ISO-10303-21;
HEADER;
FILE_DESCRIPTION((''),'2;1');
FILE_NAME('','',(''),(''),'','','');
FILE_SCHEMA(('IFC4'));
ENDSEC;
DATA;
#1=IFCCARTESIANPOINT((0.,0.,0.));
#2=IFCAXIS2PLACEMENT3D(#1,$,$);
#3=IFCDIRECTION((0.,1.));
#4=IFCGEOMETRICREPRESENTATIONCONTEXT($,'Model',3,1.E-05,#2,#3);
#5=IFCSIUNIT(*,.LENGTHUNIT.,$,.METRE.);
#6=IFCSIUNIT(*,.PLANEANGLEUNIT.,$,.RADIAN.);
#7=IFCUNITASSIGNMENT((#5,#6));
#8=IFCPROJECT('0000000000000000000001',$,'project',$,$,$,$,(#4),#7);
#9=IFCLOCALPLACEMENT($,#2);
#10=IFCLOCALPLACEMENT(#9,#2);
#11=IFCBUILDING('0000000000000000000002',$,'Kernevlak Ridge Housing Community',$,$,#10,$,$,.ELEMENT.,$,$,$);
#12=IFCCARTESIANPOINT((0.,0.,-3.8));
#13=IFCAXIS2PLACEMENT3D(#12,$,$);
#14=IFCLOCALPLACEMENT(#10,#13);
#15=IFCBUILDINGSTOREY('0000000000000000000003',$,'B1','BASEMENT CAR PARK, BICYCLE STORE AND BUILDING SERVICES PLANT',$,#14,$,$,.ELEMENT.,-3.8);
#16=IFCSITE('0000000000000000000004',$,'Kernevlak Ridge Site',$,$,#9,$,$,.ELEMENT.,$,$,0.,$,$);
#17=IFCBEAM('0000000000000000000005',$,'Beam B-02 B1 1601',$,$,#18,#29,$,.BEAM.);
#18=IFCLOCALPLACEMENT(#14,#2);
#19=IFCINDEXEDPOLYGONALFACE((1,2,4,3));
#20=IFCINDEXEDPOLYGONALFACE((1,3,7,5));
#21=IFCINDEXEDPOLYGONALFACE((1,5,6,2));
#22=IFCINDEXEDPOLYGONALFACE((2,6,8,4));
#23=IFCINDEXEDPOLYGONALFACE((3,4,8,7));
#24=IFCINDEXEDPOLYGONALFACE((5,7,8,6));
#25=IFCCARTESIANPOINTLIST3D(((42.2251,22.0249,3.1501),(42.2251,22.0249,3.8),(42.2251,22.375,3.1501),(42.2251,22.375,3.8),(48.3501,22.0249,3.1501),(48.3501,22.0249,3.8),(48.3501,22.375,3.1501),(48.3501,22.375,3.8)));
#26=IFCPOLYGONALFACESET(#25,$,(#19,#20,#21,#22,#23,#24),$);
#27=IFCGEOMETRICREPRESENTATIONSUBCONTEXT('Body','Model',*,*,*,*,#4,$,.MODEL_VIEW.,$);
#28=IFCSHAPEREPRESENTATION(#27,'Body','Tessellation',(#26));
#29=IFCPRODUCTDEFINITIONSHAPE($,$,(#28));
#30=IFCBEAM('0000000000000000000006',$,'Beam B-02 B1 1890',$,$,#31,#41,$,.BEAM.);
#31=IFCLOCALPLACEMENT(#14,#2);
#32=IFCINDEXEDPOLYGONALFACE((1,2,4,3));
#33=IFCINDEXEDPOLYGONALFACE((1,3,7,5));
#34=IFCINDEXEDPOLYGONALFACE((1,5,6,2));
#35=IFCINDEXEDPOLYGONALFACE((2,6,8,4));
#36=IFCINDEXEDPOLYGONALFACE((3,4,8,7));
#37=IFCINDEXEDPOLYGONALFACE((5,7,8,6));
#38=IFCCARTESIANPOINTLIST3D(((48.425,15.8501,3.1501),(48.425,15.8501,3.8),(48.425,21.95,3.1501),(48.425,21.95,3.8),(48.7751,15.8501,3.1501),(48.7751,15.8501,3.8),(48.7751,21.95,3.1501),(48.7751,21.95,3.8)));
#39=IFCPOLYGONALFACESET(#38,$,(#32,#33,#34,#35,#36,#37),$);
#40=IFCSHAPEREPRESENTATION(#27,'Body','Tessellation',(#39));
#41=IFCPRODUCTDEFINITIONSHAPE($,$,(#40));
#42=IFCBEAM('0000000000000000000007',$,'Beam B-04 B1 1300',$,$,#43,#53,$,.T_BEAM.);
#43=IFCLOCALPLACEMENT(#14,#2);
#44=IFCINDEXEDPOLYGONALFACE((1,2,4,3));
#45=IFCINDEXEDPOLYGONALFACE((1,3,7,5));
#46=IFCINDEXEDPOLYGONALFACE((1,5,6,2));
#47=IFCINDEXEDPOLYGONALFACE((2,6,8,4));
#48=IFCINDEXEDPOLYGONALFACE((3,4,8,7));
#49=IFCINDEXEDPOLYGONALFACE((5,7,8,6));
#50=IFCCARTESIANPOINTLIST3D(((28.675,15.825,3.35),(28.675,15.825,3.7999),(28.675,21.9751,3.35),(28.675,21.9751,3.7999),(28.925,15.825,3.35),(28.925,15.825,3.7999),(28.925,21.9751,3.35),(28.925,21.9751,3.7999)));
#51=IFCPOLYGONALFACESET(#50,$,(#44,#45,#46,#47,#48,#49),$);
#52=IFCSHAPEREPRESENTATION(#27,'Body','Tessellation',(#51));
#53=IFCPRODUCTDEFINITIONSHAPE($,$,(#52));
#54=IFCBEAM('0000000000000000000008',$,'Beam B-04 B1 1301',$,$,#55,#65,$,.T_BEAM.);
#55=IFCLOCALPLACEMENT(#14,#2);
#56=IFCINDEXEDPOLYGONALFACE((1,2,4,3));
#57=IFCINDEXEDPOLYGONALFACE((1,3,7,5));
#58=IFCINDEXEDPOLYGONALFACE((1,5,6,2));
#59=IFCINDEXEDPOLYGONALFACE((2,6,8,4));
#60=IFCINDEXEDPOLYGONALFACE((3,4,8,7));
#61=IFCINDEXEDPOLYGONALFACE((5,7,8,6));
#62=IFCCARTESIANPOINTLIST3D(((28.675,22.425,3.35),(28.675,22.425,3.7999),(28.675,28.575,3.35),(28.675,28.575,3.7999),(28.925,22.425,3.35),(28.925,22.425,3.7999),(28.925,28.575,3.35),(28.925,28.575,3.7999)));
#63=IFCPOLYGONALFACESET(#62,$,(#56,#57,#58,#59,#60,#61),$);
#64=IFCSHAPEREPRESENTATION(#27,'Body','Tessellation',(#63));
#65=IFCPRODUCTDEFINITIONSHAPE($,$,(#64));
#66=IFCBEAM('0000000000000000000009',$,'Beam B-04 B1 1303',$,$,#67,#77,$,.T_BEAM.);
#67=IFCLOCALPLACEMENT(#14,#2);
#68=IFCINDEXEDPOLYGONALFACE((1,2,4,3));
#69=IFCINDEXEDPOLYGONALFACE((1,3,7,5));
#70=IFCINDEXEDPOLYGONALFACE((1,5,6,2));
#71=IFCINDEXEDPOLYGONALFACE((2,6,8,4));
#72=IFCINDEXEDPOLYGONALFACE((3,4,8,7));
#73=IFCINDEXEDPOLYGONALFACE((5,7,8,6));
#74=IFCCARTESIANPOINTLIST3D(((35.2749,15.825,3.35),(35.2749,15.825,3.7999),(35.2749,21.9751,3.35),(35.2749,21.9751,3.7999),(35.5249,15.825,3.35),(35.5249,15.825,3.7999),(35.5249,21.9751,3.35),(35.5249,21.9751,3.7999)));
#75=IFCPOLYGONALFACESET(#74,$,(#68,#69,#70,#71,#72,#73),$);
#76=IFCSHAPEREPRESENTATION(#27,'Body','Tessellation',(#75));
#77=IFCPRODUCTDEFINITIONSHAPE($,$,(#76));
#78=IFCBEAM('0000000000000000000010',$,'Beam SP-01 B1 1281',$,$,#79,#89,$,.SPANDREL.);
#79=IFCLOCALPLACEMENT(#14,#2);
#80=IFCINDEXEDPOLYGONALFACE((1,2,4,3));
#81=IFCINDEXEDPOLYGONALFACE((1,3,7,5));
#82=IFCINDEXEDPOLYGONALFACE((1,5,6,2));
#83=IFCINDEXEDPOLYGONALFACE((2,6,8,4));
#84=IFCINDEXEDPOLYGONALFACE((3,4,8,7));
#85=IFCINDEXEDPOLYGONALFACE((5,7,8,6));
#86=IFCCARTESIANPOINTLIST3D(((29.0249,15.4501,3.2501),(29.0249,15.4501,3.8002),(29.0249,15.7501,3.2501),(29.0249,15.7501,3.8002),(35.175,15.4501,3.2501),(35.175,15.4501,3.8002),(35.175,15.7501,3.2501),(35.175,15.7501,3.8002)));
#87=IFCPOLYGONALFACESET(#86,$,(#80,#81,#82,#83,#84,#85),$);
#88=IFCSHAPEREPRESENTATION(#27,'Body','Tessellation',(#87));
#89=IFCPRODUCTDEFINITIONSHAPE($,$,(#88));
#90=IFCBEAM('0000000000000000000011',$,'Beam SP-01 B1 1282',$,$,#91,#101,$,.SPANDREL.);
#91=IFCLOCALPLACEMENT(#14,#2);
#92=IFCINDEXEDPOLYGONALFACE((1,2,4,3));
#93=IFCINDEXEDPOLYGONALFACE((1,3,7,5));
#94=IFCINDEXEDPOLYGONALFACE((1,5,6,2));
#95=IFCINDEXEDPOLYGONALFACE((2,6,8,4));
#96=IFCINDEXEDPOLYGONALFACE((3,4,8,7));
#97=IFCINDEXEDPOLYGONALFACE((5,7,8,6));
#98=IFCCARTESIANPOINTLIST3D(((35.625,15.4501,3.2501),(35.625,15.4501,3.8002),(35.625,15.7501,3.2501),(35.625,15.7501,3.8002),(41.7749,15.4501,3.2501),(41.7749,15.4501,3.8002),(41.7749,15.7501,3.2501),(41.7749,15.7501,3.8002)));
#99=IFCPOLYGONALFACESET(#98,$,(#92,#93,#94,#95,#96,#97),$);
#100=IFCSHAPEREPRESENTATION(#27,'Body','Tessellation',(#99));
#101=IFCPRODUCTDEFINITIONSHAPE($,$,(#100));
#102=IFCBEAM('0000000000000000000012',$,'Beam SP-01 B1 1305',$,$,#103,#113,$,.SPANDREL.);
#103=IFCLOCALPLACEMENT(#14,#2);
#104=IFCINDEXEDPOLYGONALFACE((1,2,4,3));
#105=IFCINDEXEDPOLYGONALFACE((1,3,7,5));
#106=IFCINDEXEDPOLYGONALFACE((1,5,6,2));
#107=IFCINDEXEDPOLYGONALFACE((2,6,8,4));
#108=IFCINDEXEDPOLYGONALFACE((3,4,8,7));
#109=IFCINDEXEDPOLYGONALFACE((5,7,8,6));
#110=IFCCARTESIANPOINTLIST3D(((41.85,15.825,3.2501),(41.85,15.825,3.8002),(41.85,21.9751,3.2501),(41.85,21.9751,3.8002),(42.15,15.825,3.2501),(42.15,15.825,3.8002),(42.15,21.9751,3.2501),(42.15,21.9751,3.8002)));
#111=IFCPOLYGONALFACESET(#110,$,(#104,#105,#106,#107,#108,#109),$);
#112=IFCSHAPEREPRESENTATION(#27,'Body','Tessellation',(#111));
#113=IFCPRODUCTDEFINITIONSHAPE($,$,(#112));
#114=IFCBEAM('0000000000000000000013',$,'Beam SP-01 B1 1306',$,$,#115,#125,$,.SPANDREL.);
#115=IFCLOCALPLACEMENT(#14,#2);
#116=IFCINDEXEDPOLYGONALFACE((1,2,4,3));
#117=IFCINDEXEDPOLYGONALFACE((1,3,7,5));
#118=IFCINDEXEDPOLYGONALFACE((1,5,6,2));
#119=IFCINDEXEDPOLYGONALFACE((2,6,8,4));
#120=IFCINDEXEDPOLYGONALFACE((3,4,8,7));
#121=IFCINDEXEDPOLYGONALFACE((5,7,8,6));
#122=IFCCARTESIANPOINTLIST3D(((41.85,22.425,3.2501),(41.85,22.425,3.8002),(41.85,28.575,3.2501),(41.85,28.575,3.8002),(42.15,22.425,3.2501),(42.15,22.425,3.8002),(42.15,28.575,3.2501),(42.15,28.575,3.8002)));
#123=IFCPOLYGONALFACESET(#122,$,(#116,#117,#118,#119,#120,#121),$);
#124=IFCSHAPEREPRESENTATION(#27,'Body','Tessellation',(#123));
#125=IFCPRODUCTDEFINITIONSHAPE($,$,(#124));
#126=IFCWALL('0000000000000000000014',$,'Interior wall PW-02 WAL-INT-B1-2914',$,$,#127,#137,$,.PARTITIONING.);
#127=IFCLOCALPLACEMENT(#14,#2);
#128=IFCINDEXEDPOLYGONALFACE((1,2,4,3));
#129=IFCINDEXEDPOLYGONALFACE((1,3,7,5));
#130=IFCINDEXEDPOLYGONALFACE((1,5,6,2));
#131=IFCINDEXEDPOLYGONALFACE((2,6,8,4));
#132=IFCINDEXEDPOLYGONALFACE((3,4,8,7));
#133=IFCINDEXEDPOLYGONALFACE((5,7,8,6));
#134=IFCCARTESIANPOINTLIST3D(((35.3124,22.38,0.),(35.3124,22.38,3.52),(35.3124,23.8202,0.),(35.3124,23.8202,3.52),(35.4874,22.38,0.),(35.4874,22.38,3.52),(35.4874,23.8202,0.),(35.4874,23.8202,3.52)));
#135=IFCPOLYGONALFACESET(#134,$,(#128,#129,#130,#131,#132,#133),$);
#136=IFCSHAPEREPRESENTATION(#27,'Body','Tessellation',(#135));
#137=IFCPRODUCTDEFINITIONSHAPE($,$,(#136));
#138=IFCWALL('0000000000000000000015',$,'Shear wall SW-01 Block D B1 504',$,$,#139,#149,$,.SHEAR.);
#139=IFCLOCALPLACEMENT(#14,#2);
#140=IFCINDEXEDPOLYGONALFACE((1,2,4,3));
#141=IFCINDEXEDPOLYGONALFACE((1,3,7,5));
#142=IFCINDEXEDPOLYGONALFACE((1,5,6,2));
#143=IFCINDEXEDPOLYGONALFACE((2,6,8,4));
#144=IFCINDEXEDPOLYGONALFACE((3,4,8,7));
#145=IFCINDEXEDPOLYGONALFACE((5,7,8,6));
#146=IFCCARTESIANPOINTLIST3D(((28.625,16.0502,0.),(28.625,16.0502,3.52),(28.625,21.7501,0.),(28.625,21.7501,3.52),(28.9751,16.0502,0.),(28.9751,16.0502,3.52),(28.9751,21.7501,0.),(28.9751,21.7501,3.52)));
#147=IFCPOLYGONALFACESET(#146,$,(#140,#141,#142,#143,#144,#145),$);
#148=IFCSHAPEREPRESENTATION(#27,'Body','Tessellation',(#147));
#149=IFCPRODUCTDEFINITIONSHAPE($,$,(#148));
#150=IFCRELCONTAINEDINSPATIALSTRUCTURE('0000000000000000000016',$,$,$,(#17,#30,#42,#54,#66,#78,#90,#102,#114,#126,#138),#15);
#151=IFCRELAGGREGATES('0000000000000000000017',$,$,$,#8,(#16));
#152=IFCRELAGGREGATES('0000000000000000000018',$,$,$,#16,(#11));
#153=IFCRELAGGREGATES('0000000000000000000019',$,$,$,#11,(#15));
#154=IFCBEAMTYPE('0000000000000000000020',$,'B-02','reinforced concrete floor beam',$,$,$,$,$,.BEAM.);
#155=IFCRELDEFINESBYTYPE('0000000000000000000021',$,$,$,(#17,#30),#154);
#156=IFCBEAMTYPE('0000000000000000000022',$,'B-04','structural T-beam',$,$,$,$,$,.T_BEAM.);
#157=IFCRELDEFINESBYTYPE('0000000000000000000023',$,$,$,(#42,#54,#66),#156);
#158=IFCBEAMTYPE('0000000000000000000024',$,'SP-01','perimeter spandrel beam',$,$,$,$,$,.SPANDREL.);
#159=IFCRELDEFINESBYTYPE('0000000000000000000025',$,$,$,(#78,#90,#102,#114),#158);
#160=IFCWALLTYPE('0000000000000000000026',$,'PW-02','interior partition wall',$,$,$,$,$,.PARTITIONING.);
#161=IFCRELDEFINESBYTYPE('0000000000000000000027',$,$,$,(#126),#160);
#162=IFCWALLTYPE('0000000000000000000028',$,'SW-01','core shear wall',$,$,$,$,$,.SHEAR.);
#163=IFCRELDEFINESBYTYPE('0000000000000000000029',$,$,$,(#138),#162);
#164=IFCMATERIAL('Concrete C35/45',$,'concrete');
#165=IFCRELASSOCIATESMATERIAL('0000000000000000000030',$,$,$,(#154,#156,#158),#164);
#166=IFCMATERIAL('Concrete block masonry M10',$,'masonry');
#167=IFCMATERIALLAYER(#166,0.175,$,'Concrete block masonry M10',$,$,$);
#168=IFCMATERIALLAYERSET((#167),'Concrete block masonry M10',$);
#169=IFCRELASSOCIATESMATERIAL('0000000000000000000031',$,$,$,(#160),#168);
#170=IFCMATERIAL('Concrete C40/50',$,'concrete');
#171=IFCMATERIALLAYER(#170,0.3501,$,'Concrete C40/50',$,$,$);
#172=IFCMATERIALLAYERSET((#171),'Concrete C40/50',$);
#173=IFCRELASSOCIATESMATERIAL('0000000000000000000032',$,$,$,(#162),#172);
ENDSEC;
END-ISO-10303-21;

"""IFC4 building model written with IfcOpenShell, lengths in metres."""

from ifc_helpers import new_model, si_unit, direction, frame, frame_2d, origin, origin_2d, place, context, subcontext, project, spatial, rectangle, extrude, material, layer, layer_set, material_profile, profile_set, type_object, element, save


model = new_model("IFC4")

# Units and contexts
model_context = context("Model", 3, precision=1e-05, world=origin(), true_north=direction((0.0, 1.0)))
body_context = subcontext(model_context, "Body", "Model", "MODEL_VIEW")
ifc_project = project(units=[si_unit("LENGTHUNIT", "METRE"), si_unit("PLANEANGLEUNIT", "RADIAN")], contexts=[model_context])

# Site, building, storey
site_placement = place(None, origin())
site = spatial("IfcSite", under=ifc_project, at=site_placement, Name="Kernevlak Ridge Site", CompositionType="ELEMENT", RefElevation=0.0)
building_placement = place(site_placement, origin())
building = spatial("IfcBuilding", under=site, at=building_placement, Name="Kernevlak Ridge Housing Community", CompositionType="ELEMENT")
storey_placement = place(building_placement, frame((0.0, 0.0, -3.8)))
storey = spatial("IfcBuildingStorey", under=building, at=storey_placement, Name="B1", Description="BASEMENT CAR PARK, BICYCLE STORE AND BUILDING SERVICES PLANT", CompositionType="ELEMENT", Elevation=-3.8)

# Shared definitions
ifc_material_1 = material(Name="Concrete C35/45", Category="concrete")

# Shared definitions
ifc_material_2 = material(Name="Concrete C40/50", Category="concrete")

# Beams
ifc_material_profile_1 = material_profile(ifc_material_1, rectangle(XDim=0.3501, YDim=0.6499, at=origin_2d()), Name="RC 350x650")
ifc_profile_set_1 = profile_set([ifc_material_profile_1], Name="Concrete C35/45")
beam_type_1 = type_object("IfcBeamType", Name="B-02", Description="reinforced concrete floor beam", PredefinedType="BEAM", material=ifc_profile_set_1)
for number, where, z_axis, x_axis, name in (
    (1, (42.2251, 22.2, 3.4751), (1.0, 0.0, 0.0), (0.0, 1.0, 0.0), "Beam B-02 B1 1601"),
):
    element("IfcBeam", number, at=place(storey_placement, frame(where, z_axis=z_axis, x_axis=x_axis)), inside=storey, type_object=beam_type_1, Name=name, PredefinedType="BEAM", context=body_context, shape_type="SweptSolid", body=[
        extrude(rectangle(XDim=0.3501, YDim=0.6499, at=origin_2d()), origin(), (0.0, 0.0, 1.0), 6.125),
    ])
beam_1_placement = place(storey_placement, frame((48.6001, 15.8501, 3.4751), z_axis=(0.0, 1.0, 0.0), x_axis=(-1.0, 0.0, 0.0)))
element("IfcBeam", 2, at=beam_1_placement, inside=storey, type_object=beam_type_1, Name="Beam B-02 B1 1890", PredefinedType="BEAM", context=body_context, shape_type="SweptSolid", body=[
    extrude(rectangle(XDim=0.3501, YDim=0.6499, at=origin_2d()), origin(), (0.0, 0.0, 1.0), 6.0999),
])
ifc_material_profile_2 = material_profile(ifc_material_1, rectangle(XDim=0.25, YDim=0.45, at=origin_2d()), Name="RC 250x450")
ifc_profile_set_2 = profile_set([ifc_material_profile_2], Name="Concrete C35/45")
beam_type_2 = type_object("IfcBeamType", Name="B-04", Description="structural T-beam", PredefinedType="T_BEAM", material=ifc_profile_set_2)
beam_2_placement = place(storey_placement, frame((28.8, 15.825, 3.575), z_axis=(0.0, 1.0, 0.0), x_axis=(-1.0, 0.0, 0.0)))
element("IfcBeam", 3, at=beam_2_placement, inside=storey, type_object=beam_type_2, Name="Beam B-04 B1 1300", PredefinedType="T_BEAM", context=body_context, shape_type="SweptSolid", body=[
    extrude(rectangle(XDim=0.25, YDim=0.45, at=origin_2d()), origin(), (0.0, 0.0, 1.0), 6.1501),
])
beam_3_placement = place(storey_placement, frame((28.8, 22.425, 3.575), z_axis=(0.0, 1.0, 0.0), x_axis=(-1.0, 0.0, 0.0)))
element("IfcBeam", 4, at=beam_3_placement, inside=storey, type_object=beam_type_2, Name="Beam B-04 B1 1301", PredefinedType="T_BEAM", context=body_context, shape_type="SweptSolid", body=[
    extrude(rectangle(XDim=0.25, YDim=0.45, at=origin_2d()), origin(), (0.0, 0.0, 1.0), 6.1499),
])
beam_4_placement = place(storey_placement, frame((35.3999, 15.825, 3.575), z_axis=(0.0, 1.0, 0.0), x_axis=(-1.0, 0.0, 0.0)))
element("IfcBeam", 5, at=beam_4_placement, inside=storey, type_object=beam_type_2, Name="Beam B-04 B1 1303", PredefinedType="T_BEAM", context=body_context, shape_type="SweptSolid", body=[
    extrude(rectangle(XDim=0.25, YDim=0.45, at=origin_2d()), origin(), (0.0, 0.0, 1.0), 6.1501),
])
ifc_material_profile_3 = material_profile(ifc_material_1, rectangle(XDim=0.3, YDim=0.55, at=origin_2d()), Name="RC 300x550")
ifc_profile_set_3 = profile_set([ifc_material_profile_3], Name="Concrete C35/45")
beam_type_3 = type_object("IfcBeamType", Name="SP-01", Description="perimeter spandrel beam", PredefinedType="SPANDREL", material=ifc_profile_set_3)
beam_5_placement = place(storey_placement, frame((29.0249, 15.6001, 3.5251), z_axis=(1.0, 0.0, 0.0), x_axis=(0.0, 1.0, 0.0)))
element("IfcBeam", 6, at=beam_5_placement, inside=storey, type_object=beam_type_3, Name="Beam SP-01 B1 1281", PredefinedType="SPANDREL", context=body_context, shape_type="SweptSolid", body=[
    extrude(rectangle(XDim=0.3, YDim=0.55, at=origin_2d()), origin(), (0.0, 0.0, 1.0), 6.1501),
])
beam_6_placement = place(storey_placement, frame((35.625, 15.6001, 3.5251), z_axis=(1.0, 0.0, 0.0), x_axis=(0.0, 1.0, 0.0)))
element("IfcBeam", 7, at=beam_6_placement, inside=storey, type_object=beam_type_3, Name="Beam SP-01 B1 1282", PredefinedType="SPANDREL", context=body_context, shape_type="SweptSolid", body=[
    extrude(rectangle(XDim=0.3, YDim=0.55, at=origin_2d()), origin(), (0.0, 0.0, 1.0), 6.1499),
])
beam_7_placement = place(storey_placement, frame((42.0, 15.825, 3.5251), z_axis=(0.0, 1.0, 0.0), x_axis=(-1.0, 0.0, 0.0)))
element("IfcBeam", 8, at=beam_7_placement, inside=storey, type_object=beam_type_3, Name="Beam SP-01 B1 1305", PredefinedType="SPANDREL", context=body_context, shape_type="SweptSolid", body=[
    extrude(rectangle(XDim=0.3, YDim=0.55, at=origin_2d()), origin(), (0.0, 0.0, 1.0), 6.1501),
])
beam_8_placement = place(storey_placement, frame((42.0, 22.425, 3.5251), z_axis=(0.0, 1.0, 0.0), x_axis=(-1.0, 0.0, 0.0)))
element("IfcBeam", 9, at=beam_8_placement, inside=storey, type_object=beam_type_3, Name="Beam SP-01 B1 1306", PredefinedType="SPANDREL", context=body_context, shape_type="SweptSolid", body=[
    extrude(rectangle(XDim=0.3, YDim=0.55, at=origin_2d()), origin(), (0.0, 0.0, 1.0), 6.1499),
])

# Walls
ifc_material_3 = material(Name="Concrete block masonry M10", Category="masonry")
ifc_layer_1 = layer(ifc_material_3, 0.175, Name="Concrete block masonry M10")
ifc_layer_set_1 = layer_set([ifc_layer_1], Name="Concrete block masonry M10")
wall_type_1 = type_object("IfcWallType", Name="PW-02", Description="interior partition wall", PredefinedType="PARTITIONING", material=ifc_layer_set_1)
wall_1_placement = place(storey_placement, frame((35.3999, 22.3799, 0.0), z_axis=(0.0, 0.0, 1.0), x_axis=(0.0, 1.0, 0.0)))
element("IfcWall", 10, at=wall_1_placement, inside=storey, type_object=wall_type_1, Name="Interior wall PW-02 WAL-INT-B1-2914", PredefinedType="PARTITIONING", context=body_context, shape_type="SweptSolid", body=[
    extrude(rectangle(XDim=1.4402, YDim=0.175, at=frame_2d((0.7202, 0.0))), origin(), (0.0, 0.0, 1.0), 3.52),
])
ifc_layer_2 = layer(ifc_material_2, 0.3501, Name="Concrete C40/50")
ifc_layer_set_2 = layer_set([ifc_layer_2], Name="Concrete C40/50")
wall_type_2 = type_object("IfcWallType", Name="SW-01", Description="core shear wall", PredefinedType="SHEAR", material=ifc_layer_set_2)
wall_2_placement = place(storey_placement, frame((28.8, 16.05, 0.0), z_axis=(0.0, 0.0, 1.0), x_axis=(0.0, 1.0, 0.0)))
element("IfcWall", 11, at=wall_2_placement, inside=storey, type_object=wall_type_2, Name="Shear wall SW-01 Block D B1 504", PredefinedType="SHEAR", context=body_context, shape_type="SweptSolid", body=[
    extrude(rectangle(XDim=5.7, YDim=0.3501, at=frame_2d((2.8501, 0.0))), origin(), (0.0, 0.0, 1.0), 3.52),
])

save(model, "model.ifc")
